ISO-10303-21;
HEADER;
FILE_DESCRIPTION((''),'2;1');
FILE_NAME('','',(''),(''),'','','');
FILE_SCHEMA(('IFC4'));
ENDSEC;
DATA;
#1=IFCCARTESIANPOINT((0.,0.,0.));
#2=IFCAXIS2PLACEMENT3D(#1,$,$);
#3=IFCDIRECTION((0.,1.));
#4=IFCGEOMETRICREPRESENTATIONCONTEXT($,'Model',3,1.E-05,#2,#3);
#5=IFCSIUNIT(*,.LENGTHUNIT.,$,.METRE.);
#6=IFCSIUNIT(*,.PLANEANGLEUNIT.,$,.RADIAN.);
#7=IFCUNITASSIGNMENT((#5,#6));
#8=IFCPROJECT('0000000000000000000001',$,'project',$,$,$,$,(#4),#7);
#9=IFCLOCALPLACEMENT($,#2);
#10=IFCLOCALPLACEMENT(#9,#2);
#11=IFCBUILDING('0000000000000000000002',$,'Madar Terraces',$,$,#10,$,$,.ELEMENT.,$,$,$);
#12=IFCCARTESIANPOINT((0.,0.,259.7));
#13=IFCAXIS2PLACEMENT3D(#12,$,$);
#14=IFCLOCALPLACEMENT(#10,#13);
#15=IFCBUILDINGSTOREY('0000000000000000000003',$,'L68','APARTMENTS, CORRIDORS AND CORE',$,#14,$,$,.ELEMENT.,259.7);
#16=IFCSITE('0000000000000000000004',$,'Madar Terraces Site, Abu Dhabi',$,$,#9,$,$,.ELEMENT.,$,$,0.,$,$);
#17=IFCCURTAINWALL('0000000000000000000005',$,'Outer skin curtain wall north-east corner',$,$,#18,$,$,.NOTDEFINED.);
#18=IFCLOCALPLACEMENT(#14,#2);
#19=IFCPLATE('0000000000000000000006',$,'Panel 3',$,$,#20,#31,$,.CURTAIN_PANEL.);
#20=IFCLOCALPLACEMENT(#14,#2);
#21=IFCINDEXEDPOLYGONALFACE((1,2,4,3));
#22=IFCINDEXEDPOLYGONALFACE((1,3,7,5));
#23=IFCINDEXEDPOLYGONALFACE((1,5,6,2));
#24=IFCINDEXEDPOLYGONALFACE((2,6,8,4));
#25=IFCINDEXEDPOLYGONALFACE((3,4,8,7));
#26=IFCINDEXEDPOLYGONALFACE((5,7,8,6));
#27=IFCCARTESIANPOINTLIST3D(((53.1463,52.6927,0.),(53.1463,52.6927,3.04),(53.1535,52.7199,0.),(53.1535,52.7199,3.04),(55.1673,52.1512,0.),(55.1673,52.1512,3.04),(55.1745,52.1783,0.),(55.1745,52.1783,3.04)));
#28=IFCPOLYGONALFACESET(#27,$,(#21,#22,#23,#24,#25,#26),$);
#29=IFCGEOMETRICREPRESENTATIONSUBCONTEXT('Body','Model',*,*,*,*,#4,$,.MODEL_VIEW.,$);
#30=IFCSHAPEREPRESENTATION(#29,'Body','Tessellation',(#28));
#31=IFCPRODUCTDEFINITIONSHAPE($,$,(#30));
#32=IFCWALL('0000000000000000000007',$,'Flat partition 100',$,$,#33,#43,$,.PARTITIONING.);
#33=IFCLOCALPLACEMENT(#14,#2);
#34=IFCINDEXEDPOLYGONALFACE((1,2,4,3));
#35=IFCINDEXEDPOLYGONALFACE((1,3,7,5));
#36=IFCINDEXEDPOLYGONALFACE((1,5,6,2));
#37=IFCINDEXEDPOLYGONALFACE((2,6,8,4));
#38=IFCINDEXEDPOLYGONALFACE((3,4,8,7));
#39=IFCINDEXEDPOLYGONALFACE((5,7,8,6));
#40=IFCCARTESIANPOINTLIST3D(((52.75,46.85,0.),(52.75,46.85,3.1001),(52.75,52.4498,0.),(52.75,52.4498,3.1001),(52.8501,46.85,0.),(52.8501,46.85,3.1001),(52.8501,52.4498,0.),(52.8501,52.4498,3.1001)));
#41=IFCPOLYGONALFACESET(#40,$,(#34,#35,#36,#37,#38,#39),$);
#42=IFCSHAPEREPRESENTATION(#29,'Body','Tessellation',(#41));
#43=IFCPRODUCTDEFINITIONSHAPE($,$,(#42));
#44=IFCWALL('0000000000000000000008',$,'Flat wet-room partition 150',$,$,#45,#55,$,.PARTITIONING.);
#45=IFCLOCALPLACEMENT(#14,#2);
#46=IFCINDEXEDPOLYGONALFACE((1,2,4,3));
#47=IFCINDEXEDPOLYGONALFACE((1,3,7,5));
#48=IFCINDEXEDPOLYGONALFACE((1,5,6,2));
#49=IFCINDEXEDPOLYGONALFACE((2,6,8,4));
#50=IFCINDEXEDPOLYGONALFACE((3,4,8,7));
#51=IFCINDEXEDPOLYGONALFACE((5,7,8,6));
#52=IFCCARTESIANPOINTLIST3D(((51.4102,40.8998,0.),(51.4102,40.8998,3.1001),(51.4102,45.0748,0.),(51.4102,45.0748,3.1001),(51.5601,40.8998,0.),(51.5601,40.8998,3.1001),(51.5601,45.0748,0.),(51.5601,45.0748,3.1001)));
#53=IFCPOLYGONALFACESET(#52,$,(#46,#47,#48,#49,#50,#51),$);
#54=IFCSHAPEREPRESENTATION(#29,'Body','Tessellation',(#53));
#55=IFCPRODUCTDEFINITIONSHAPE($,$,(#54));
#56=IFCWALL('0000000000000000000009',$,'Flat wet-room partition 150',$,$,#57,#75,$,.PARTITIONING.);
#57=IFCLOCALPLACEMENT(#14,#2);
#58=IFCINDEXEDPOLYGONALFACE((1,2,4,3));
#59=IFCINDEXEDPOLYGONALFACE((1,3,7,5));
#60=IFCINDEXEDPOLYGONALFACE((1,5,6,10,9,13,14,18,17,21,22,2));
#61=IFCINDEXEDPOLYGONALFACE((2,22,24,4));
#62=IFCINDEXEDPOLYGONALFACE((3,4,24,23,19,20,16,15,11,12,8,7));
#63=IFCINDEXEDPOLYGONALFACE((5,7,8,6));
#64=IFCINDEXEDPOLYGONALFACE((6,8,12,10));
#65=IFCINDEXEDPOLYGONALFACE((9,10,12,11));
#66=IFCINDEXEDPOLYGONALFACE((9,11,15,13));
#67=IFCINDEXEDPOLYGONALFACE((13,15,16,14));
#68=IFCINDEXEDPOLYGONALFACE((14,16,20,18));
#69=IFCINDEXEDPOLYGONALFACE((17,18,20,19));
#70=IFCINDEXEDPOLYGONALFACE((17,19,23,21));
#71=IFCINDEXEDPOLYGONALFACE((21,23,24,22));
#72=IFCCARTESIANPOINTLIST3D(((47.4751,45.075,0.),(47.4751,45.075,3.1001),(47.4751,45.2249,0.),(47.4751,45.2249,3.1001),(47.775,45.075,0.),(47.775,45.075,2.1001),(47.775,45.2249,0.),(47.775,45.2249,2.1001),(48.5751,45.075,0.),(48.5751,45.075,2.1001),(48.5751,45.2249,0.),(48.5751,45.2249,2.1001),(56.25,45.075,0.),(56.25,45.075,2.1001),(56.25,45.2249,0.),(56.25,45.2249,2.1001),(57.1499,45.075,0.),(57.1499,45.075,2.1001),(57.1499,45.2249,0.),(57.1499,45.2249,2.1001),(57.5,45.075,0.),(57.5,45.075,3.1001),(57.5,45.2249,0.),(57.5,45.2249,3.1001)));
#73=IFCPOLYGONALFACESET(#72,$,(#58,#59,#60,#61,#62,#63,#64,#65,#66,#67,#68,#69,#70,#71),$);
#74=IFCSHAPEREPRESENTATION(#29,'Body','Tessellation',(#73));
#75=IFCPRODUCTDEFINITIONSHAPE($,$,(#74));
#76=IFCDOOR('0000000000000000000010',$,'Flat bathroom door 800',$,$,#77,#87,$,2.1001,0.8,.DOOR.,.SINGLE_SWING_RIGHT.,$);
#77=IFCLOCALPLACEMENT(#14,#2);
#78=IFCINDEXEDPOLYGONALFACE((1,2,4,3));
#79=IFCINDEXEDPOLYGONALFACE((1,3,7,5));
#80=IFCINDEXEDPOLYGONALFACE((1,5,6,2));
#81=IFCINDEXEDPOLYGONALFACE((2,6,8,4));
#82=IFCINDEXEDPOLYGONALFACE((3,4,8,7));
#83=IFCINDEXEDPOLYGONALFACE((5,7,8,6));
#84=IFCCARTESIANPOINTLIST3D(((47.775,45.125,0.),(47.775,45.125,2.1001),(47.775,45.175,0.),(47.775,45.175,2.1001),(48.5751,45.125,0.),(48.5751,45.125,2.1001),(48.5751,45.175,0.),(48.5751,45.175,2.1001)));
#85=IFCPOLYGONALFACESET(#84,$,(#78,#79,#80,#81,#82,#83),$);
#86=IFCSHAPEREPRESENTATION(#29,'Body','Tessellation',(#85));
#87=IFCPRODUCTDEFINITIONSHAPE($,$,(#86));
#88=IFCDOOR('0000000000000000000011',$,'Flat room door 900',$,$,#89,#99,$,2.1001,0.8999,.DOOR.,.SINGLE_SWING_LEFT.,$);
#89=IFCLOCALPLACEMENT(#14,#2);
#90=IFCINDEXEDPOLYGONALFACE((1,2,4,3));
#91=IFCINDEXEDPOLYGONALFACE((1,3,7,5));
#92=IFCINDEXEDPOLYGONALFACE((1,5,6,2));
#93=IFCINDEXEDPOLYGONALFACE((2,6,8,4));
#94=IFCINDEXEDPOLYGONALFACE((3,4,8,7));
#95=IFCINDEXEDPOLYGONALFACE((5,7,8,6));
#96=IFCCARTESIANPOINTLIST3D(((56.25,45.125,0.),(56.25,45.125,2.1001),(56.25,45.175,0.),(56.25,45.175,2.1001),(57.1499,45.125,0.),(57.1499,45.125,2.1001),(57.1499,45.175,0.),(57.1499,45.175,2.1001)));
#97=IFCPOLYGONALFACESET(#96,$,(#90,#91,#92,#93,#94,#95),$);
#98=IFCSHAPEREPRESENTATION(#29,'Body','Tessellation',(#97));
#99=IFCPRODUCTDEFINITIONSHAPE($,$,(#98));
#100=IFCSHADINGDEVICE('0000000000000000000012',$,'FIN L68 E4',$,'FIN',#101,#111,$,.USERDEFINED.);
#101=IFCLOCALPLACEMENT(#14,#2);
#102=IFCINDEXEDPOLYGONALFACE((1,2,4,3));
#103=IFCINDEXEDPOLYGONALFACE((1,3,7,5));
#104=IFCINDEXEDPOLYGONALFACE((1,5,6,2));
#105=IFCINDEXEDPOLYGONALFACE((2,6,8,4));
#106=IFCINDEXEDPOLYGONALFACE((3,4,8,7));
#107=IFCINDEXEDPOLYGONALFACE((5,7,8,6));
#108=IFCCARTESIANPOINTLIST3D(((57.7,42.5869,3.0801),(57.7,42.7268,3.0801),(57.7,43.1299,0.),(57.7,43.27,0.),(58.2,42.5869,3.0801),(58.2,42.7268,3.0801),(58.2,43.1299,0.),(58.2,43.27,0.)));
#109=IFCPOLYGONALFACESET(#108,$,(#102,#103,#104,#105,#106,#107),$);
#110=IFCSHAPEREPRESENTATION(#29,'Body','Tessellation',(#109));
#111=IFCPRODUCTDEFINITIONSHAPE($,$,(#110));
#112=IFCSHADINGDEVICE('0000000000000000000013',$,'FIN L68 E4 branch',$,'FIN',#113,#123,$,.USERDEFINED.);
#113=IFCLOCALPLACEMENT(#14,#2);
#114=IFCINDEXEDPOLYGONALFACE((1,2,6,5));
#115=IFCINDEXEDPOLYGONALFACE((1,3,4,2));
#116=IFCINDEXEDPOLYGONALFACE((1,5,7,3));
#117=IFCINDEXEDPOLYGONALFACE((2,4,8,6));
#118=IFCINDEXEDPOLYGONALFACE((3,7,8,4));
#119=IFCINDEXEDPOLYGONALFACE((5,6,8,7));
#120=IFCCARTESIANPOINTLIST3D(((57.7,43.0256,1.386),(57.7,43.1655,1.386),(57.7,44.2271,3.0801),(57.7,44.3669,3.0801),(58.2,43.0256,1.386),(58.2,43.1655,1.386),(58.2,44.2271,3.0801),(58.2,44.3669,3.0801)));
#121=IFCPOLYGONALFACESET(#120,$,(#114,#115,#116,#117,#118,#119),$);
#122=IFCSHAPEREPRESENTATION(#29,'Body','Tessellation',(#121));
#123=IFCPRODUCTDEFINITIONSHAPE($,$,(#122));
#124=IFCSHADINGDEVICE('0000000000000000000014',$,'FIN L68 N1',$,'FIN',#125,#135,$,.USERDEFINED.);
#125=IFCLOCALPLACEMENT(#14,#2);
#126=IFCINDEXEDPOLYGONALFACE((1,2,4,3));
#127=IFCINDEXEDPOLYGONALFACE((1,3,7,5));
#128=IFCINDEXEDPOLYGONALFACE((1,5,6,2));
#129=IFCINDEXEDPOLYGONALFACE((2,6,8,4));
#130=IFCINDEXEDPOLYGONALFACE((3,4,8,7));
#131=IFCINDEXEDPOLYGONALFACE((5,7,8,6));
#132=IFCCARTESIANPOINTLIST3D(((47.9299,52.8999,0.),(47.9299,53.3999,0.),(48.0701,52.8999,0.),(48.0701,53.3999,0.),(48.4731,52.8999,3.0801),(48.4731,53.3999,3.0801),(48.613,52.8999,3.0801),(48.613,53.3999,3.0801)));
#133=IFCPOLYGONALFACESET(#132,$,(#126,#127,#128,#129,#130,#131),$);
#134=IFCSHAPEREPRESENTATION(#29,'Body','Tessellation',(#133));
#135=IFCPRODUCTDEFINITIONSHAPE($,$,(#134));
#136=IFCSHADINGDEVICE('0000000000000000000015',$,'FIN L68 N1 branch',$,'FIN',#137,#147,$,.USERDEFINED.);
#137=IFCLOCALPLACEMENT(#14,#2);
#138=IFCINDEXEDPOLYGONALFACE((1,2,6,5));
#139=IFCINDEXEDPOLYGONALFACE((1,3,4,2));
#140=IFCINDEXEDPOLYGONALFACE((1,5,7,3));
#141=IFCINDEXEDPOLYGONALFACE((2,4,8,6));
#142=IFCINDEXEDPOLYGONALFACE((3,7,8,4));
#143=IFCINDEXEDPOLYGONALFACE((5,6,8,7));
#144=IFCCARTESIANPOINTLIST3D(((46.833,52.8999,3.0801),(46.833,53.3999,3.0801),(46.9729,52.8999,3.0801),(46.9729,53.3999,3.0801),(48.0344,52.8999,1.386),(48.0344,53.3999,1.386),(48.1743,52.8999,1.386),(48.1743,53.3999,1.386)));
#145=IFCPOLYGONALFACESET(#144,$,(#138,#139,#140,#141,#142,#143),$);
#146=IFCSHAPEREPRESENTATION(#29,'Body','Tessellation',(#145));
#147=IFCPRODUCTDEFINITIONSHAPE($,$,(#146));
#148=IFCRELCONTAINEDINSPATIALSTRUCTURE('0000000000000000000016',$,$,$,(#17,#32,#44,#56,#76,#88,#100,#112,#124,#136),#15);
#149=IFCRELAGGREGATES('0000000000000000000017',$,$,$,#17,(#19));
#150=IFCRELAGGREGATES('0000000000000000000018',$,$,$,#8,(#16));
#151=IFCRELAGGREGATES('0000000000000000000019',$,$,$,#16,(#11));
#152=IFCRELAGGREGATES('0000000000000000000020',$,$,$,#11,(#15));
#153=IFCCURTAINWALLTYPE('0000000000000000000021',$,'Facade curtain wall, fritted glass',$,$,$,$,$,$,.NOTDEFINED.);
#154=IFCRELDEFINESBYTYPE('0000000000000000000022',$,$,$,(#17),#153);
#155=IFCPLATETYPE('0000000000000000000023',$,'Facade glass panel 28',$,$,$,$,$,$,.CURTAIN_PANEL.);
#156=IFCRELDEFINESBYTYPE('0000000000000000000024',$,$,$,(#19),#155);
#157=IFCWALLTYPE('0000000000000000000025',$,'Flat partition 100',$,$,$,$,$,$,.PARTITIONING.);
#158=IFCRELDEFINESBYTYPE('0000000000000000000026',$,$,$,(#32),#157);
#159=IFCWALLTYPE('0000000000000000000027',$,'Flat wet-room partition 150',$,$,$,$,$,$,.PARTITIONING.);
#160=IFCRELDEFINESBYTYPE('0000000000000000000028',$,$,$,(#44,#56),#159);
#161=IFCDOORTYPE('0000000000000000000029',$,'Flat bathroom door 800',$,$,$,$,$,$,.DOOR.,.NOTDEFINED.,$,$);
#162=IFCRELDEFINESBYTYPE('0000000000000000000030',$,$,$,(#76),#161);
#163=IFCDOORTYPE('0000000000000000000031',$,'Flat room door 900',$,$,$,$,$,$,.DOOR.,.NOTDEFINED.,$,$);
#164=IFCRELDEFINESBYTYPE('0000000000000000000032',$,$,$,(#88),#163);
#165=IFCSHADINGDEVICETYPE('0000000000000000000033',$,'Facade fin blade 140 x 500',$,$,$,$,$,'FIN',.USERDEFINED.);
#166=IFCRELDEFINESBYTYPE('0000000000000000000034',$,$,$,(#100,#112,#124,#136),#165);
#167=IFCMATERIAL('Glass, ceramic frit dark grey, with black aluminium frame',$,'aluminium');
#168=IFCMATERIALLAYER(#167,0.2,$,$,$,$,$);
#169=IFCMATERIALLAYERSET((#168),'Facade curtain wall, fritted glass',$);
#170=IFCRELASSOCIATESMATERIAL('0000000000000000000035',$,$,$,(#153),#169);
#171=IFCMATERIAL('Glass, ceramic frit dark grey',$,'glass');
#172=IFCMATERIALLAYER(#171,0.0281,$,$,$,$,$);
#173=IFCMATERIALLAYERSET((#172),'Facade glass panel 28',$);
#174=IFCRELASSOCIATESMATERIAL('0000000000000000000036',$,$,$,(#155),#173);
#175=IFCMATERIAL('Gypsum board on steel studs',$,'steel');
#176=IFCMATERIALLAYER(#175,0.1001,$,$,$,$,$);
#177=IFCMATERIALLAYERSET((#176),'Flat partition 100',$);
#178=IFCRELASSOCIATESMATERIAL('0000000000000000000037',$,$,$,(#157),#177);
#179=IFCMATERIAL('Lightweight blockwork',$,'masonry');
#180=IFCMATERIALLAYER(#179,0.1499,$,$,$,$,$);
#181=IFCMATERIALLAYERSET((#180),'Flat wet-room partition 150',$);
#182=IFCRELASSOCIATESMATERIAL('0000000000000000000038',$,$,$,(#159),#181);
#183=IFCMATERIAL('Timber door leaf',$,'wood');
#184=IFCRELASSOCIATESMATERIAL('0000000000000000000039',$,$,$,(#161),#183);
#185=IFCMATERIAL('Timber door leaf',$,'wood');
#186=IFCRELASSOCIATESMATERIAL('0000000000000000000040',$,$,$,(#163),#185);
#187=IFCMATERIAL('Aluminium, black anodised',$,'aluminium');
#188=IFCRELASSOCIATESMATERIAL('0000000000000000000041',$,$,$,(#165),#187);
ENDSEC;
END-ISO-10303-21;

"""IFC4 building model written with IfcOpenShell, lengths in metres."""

from ifc_helpers import new_model, si_unit, direction, frame, frame_2d, origin, origin_2d, place, context, subcontext, project, spatial, polyline, rectangle, outline, extrude, material, layer, layer_set, type_object, element, fill, aggregate, save


model = new_model("IFC4")

# Units and contexts
model_context = context("Model", 3, precision=1e-05, world=origin(), true_north=direction((0.0, 1.0)))
body_context = subcontext(model_context, "Body", "Model", "MODEL_VIEW")
ifc_project = project(units=[si_unit("LENGTHUNIT", "METRE"), si_unit("PLANEANGLEUNIT", "RADIAN")], contexts=[model_context])

# Site, building, storey
site_placement = place(None, origin())
site = spatial("IfcSite", under=ifc_project, at=site_placement, Name="Madar Terraces Site, Abu Dhabi", CompositionType="ELEMENT", RefElevation=0.0)
building_placement = place(site_placement, origin())
building = spatial("IfcBuilding", under=site, at=building_placement, Name="Madar Terraces", CompositionType="ELEMENT")
storey_placement = place(building_placement, frame((0.0, 0.0, 259.7)))
storey = spatial("IfcBuildingStorey", under=building, at=storey_placement, Name="L68", Description="APARTMENTS, CORRIDORS AND CORE", CompositionType="ELEMENT", Elevation=259.7)

# Shared definitions
ifc_material_1 = material(Name="Glass, ceramic frit dark grey, with black aluminium frame", Category="aluminium")
ifc_layer_1 = layer(ifc_material_1, 0.2)
ifc_layer_set_1 = layer_set([ifc_layer_1], Name="Facade curtain wall, fritted glass")
curtain_wall_type = type_object("IfcCurtainWallType", Name="Facade curtain wall, fritted glass", PredefinedType="NOTDEFINED", material=ifc_layer_set_1)

# Curtain wall
curtain_wall_1_placement = place(storey_placement, origin())
curtain_wall_1 = element("IfcCurtainWall", 1, at=curtain_wall_1_placement, inside=storey, type_object=curtain_wall_type, Name="Outer skin curtain wall north-east corner", PredefinedType="NOTDEFINED")

# Plate
ifc_material_2 = material(Name="Glass, ceramic frit dark grey", Category="glass")
ifc_layer_2 = layer(ifc_material_2, 0.0281)
ifc_layer_set_2 = layer_set([ifc_layer_2], Name="Facade glass panel 28")
plate_type = type_object("IfcPlateType", Name="Facade glass panel 28", PredefinedType="CURTAIN_PANEL", material=ifc_layer_set_2)
plate_1_placement = place(storey_placement, frame((54.1604, 52.4355, 0.0), z_axis=(0.0, 0.0, 1.0), x_axis=(-0.965926, 0.258819, 0.0)))
plate_1 = element("IfcPlate", 2, at=plate_1_placement, type_object=plate_type, Name="Panel 3", PredefinedType="CURTAIN_PANEL", context=body_context, shape_type="SweptSolid", body=[
    extrude(rectangle(XDim=2.0923, YDim=0.0281, at=origin_2d()), origin(), (0.0, 0.0, 1.0), 3.04),
])
aggregate(curtain_wall_1, [plate_1])

# Walls
ifc_material_3 = material(Name="Gypsum board on steel studs", Category="steel")
ifc_layer_3 = layer(ifc_material_3, 0.1001)
ifc_layer_set_3 = layer_set([ifc_layer_3], Name="Flat partition 100")
wall_type_1 = type_object("IfcWallType", Name="Flat partition 100", PredefinedType="PARTITIONING", material=ifc_layer_set_3)
wall_1_placement = place(storey_placement, frame((52.8, 46.8501, 0.0), z_axis=(0.0, 0.0, 1.0), x_axis=(0.0, 1.0, 0.0)))
element("IfcWall", 3, at=wall_1_placement, inside=storey, type_object=wall_type_1, Name="Flat partition 100", PredefinedType="PARTITIONING", context=body_context, shape_type="SweptSolid", body=[
    extrude(rectangle(XDim=5.5999, YDim=0.1001, at=frame_2d((2.7998, 0.0))), origin(), (0.0, 0.0, 1.0), 3.1001),
])
ifc_material_4 = material(Name="Lightweight blockwork", Category="masonry")
ifc_layer_4 = layer(ifc_material_4, 0.1499)
ifc_layer_set_4 = layer_set([ifc_layer_4], Name="Flat wet-room partition 150")
wall_type_2 = type_object("IfcWallType", Name="Flat wet-room partition 150", PredefinedType="PARTITIONING", material=ifc_layer_set_4)
wall_2_placement = place(storey_placement, frame((51.4851, 40.8999, 0.0), z_axis=(0.0, 0.0, 1.0), x_axis=(0.0, 1.0, 0.0)))
element("IfcWall", 4, at=wall_2_placement, inside=storey, type_object=wall_type_2, Name="Flat wet-room partition 150", PredefinedType="PARTITIONING", context=body_context, shape_type="SweptSolid", body=[
    extrude(rectangle(XDim=4.175, YDim=0.1499, at=frame_2d((2.0874, 0.0))), origin(), (0.0, 0.0, 1.0), 3.1001),
])

# Wall, openings, doors
wall_3_placement = place(storey_placement, frame((57.5, 45.1499, 0.0), z_axis=(0.0, 0.0, 1.0), x_axis=(-1.0, 0.0, 0.0)))
wall_3 = element("IfcWall", 5, at=wall_3_placement, inside=storey, type_object=wall_type_2, Name="Flat wet-room partition 150", PredefinedType="PARTITIONING", context=body_context, shape_type="SweptSolid", body=[
    extrude(rectangle(XDim=10.0249, YDim=0.1499, at=frame_2d((5.0125, 0.0))), origin(), (0.0, 0.0, 1.0), 3.1001),
])
opening_1_placement = place(wall_3_placement, frame((8.925, 0.0, 0.0)))
opening_1 = element("IfcOpeningElement", 6, at=opening_1_placement, cuts=wall_3, PredefinedType="OPENING", context=body_context, shape_type="SweptSolid", body=[
    extrude(rectangle(XDim=0.8, YDim=2.1001, at=frame_2d((0.3999, 1.05))), frame((0.0, 0.085, 0.0), z_axis=(0.0, -1.0, 0.0), x_axis=(1.0, 0.0, 0.0)), (0.0, 0.0, 1.0), 0.1699),
])
opening_2_placement = place(wall_3_placement, frame((0.3501, 0.0, 0.0)))
opening_2 = element("IfcOpeningElement", 7, at=opening_2_placement, cuts=wall_3, PredefinedType="OPENING", context=body_context, shape_type="SweptSolid", body=[
    extrude(rectangle(XDim=0.8999, YDim=2.1001, at=frame_2d((0.45, 1.05))), frame((0.0, 0.085, 0.0), z_axis=(0.0, -1.0, 0.0), x_axis=(1.0, 0.0, 0.0)), (0.0, 0.0, 1.0), 0.1699),
])
ifc_material_5 = material(Name="Timber door leaf", Category="wood")
door_type_1 = type_object("IfcDoorType", Name="Flat bathroom door 800", OperationType="NOTDEFINED", PredefinedType="DOOR", material=ifc_material_5)
door_1_placement = place(opening_1_placement, origin())
door_1 = element("IfcDoor", 8, at=door_1_placement, inside=storey, type_object=door_type_1, Name="Flat bathroom door 800", OperationType="SINGLE_SWING_RIGHT", OverallHeight=2.1001, OverallWidth=0.8, PredefinedType="DOOR", context=body_context, shape_type="SweptSolid", body=[
    extrude(rectangle(XDim=0.8, YDim=2.1001, at=frame_2d((0.3999, 1.05))), frame((0.0, 0.0249, 0.0), z_axis=(0.0, -1.0, 0.0), x_axis=(1.0, 0.0, 0.0)), (0.0, 0.0, 1.0), 0.05),
])
fill(opening_1, door_1)
ifc_material_6 = material(Name="Timber door leaf", Category="wood")
door_type_2 = type_object("IfcDoorType", Name="Flat room door 900", OperationType="NOTDEFINED", PredefinedType="DOOR", material=ifc_material_6)
door_2_placement = place(opening_2_placement, origin())
door_2 = element("IfcDoor", 9, at=door_2_placement, inside=storey, type_object=door_type_2, Name="Flat room door 900", OperationType="SINGLE_SWING_LEFT", OverallHeight=2.1001, OverallWidth=0.8999, PredefinedType="DOOR", context=body_context, shape_type="SweptSolid", body=[
    extrude(rectangle(XDim=0.8999, YDim=2.1001, at=frame_2d((0.45, 1.05))), frame((0.0, 0.0249, 0.0), z_axis=(0.0, -1.0, 0.0), x_axis=(1.0, 0.0, 0.0)), (0.0, 0.0, 1.0), 0.05),
])
fill(opening_2, door_2)

# Shading devices
ifc_material_7 = material(Name="Aluminium, black anodised", Category="aluminium")
shading_device_type = type_object("IfcShadingDeviceType", Name="Facade fin blade 140 x 500", ElementType="FIN", PredefinedType="USERDEFINED", material=ifc_material_7)
shading_device_1_placement = place(storey_placement, frame((57.95, 43.1299, 0.0), z_axis=(0.0, 0.0, 1.0), x_axis=(0.0, 1.0, 0.0)))
element("IfcShadingDevice", 10, at=shading_device_1_placement, inside=storey, type_object=shading_device_type, Name="FIN L68 E4", ObjectType="FIN", PredefinedType="USERDEFINED", context=body_context, shape_type="SweptSolid", body=[
    extrude(outline(polyline([(0.0, 0.0), (0.1401, 0.0), (-0.4031, 3.0801), (-0.543, 3.0801), (0.0, 0.0)])), frame((0.0, 0.25, 0.0), z_axis=(0.0, -1.0, 0.0), x_axis=(1.0, 0.0, 0.0)), (0.0, 0.0, 1.0), 0.5),
])
shading_device_2_placement = place(storey_placement, frame((57.95, 43.0256, 1.386), z_axis=(0.0, 0.0, 1.0), x_axis=(0.0, 1.0, 0.0)))
element("IfcShadingDevice", 11, at=shading_device_2_placement, inside=storey, type_object=shading_device_type, Name="FIN L68 E4 branch", ObjectType="FIN", PredefinedType="USERDEFINED", context=body_context, shape_type="SweptSolid", body=[
    extrude(outline(polyline([(0.0, 0.0), (0.1399, 0.0), (1.3413, 1.6941), (1.2014, 1.6941), (0.0, 0.0)])), frame((0.0, 0.25, 0.0), z_axis=(0.0, -1.0, 0.0), x_axis=(1.0, 0.0, 0.0)), (0.0, 0.0, 1.0), 0.5),
])
shading_device_3_placement = place(storey_placement, frame((48.0701, 53.1499, 0.0), z_axis=(0.0, 0.0, 1.0), x_axis=(-1.0, 0.0, 0.0)))
element("IfcShadingDevice", 12, at=shading_device_3_placement, inside=storey, type_object=shading_device_type, Name="FIN L68 N1", ObjectType="FIN", PredefinedType="USERDEFINED", context=body_context, shape_type="SweptSolid", body=[
    extrude(outline(polyline([(0.0, 0.0), (0.1401, 0.0), (-0.4031, 3.0801), (-0.543, 3.0801), (0.0, 0.0)])), frame((0.0, 0.25, 0.0), z_axis=(0.0, -1.0, 0.0), x_axis=(1.0, 0.0, 0.0)), (0.0, 0.0, 1.0), 0.5),
])
shading_device_4_placement = place(storey_placement, frame((48.1743, 53.1499, 1.386), z_axis=(0.0, 0.0, 1.0), x_axis=(-1.0, 0.0, 0.0)))
element("IfcShadingDevice", 13, at=shading_device_4_placement, inside=storey, type_object=shading_device_type, Name="FIN L68 N1 branch", ObjectType="FIN", PredefinedType="USERDEFINED", context=body_context, shape_type="SweptSolid", body=[
    extrude(outline(polyline([(0.0, 0.0), (0.1399, 0.0), (1.3413, 1.6941), (1.2014, 1.6941), (0.0, 0.0)])), frame((0.0, 0.25, 0.0), z_axis=(0.0, -1.0, 0.0), x_axis=(1.0, 0.0, 0.0)), (0.0, 0.0, 1.0), 0.5),
])

save(model, "model.ifc")
